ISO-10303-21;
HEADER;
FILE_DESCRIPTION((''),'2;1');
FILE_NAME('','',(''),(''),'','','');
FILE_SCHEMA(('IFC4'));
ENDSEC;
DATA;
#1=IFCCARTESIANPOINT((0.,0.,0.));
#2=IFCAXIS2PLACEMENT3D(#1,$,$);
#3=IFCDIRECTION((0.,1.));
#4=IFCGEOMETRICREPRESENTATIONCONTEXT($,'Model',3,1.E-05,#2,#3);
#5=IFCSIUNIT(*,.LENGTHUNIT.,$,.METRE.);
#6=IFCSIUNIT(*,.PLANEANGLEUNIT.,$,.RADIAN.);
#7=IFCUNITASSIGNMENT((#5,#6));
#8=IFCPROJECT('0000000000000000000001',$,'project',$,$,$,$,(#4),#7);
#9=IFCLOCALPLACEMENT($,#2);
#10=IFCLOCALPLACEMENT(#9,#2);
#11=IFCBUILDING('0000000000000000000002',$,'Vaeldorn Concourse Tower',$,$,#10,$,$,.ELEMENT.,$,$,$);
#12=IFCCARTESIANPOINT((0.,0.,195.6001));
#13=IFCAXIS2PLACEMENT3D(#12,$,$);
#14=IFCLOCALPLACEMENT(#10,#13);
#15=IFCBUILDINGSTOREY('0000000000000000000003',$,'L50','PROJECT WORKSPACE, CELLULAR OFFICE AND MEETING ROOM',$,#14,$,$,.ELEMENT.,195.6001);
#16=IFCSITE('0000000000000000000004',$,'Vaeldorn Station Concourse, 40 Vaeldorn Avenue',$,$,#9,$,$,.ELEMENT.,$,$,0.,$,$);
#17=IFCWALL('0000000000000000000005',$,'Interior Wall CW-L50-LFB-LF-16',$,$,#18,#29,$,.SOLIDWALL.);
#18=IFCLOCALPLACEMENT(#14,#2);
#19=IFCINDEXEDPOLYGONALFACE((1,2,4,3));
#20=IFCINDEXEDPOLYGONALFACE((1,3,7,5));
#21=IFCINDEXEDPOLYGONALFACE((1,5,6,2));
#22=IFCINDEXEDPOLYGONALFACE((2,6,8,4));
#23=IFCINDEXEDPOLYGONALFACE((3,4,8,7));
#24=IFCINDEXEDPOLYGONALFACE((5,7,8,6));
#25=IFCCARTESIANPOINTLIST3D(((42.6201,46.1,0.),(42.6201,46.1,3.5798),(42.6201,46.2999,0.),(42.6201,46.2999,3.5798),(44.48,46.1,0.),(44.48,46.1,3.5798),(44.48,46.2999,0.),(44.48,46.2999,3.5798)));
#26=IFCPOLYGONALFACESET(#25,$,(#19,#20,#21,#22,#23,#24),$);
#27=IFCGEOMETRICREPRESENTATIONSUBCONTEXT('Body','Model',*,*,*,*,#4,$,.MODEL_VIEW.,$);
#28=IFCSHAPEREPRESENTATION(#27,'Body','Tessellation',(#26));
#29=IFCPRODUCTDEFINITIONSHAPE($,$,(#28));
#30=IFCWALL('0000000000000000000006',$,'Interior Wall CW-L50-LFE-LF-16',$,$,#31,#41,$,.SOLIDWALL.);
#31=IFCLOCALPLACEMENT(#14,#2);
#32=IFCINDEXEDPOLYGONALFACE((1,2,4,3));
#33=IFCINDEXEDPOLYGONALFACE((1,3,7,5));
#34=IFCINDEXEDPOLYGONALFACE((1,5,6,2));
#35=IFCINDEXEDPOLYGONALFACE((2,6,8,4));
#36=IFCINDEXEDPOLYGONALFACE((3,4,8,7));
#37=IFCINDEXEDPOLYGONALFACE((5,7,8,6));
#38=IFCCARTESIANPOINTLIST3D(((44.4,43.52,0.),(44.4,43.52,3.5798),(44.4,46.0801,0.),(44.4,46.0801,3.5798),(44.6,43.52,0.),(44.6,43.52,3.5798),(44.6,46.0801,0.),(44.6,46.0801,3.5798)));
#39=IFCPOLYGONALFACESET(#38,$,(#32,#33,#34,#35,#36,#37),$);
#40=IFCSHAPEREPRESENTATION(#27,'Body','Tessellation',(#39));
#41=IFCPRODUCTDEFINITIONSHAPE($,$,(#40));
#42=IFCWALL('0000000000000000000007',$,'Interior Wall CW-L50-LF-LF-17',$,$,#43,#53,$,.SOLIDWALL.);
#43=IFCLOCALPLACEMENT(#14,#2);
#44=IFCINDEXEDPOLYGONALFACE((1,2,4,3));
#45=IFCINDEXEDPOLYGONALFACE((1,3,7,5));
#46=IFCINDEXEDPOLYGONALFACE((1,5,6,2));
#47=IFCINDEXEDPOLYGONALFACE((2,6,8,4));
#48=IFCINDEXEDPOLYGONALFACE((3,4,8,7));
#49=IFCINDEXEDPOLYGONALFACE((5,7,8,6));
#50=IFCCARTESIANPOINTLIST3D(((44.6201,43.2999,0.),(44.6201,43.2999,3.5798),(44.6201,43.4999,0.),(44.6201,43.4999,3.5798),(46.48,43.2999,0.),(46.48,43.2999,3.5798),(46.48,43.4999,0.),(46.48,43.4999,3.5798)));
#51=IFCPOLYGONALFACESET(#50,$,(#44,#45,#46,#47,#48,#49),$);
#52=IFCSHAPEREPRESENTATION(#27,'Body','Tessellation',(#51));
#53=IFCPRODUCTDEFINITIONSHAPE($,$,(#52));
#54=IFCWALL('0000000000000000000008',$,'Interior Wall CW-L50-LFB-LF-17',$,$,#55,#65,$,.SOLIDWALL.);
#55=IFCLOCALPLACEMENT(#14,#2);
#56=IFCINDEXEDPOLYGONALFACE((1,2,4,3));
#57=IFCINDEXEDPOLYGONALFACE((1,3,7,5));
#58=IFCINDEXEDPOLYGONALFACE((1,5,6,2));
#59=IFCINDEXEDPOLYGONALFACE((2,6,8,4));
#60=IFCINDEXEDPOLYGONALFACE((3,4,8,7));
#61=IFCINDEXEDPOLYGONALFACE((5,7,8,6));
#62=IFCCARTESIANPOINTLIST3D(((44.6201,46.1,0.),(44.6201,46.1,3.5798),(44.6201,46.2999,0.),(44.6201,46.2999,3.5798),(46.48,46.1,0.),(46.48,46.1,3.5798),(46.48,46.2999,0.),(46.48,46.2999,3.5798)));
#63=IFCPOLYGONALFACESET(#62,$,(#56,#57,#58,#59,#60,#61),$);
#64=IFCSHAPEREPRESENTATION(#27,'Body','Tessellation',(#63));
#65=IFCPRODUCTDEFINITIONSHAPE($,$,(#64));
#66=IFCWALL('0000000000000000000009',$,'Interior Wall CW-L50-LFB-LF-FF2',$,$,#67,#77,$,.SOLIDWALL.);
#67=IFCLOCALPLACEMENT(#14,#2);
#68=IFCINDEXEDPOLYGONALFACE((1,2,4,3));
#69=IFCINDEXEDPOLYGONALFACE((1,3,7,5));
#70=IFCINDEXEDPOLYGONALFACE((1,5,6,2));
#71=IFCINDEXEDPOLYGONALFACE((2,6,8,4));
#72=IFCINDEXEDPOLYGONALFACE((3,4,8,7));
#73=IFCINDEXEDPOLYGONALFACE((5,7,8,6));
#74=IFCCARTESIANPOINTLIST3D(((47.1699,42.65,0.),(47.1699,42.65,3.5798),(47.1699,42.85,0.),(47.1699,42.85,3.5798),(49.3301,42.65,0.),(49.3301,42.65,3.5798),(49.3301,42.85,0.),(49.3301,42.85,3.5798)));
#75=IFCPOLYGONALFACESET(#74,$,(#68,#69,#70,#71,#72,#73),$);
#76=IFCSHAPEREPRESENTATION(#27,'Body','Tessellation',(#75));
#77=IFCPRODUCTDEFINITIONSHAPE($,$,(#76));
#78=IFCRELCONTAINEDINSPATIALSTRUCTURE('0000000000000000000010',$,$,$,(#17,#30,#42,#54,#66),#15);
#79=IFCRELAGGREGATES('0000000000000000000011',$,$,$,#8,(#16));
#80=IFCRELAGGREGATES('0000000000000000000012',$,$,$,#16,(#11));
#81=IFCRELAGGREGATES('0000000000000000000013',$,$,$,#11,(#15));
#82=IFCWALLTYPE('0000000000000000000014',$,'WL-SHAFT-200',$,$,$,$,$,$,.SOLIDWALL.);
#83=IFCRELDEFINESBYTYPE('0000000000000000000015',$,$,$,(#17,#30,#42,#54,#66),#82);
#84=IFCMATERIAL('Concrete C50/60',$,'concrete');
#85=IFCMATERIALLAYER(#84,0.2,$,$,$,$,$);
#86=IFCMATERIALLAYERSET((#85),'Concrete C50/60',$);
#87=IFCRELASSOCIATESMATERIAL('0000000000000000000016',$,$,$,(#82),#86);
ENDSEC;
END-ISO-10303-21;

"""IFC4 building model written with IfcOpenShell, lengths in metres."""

from ifc_helpers import new_model, si_unit, direction, frame, frame_2d, origin, place, context, subcontext, project, spatial, rectangle, extrude, material, layer, layer_set, type_object, element, save


model = new_model("IFC4")

# Units and contexts
model_context = context("Model", 3, precision=1e-05, world=origin(), true_north=direction((0.0, 1.0)))
body_context = subcontext(model_context, "Body", "Model", "MODEL_VIEW")
ifc_project = project(units=[si_unit("LENGTHUNIT", "METRE"), si_unit("PLANEANGLEUNIT", "RADIAN")], contexts=[model_context])

# Site, building, storey
site_placement = place(None, origin())
site = spatial("IfcSite", under=ifc_project, at=site_placement, Name="Vaeldorn Station Concourse, 40 Vaeldorn Avenue", CompositionType="ELEMENT", RefElevation=0.0)
building_placement = place(site_placement, origin())
building = spatial("IfcBuilding", under=site, at=building_placement, Name="Vaeldorn Concourse Tower", CompositionType="ELEMENT")
storey_placement = place(building_placement, frame((0.0, 0.0, 195.6001)))
storey = spatial("IfcBuildingStorey", under=building, at=storey_placement, Name="L50", Description="PROJECT WORKSPACE, CELLULAR OFFICE AND MEETING ROOM", CompositionType="ELEMENT", Elevation=195.6001)

# Shared definitions
ifc_material_1 = material(Name="Concrete C50/60", Category="concrete")

# Walls
ifc_layer_1 = layer(ifc_material_1, 0.2)
ifc_layer_set_1 = layer_set([ifc_layer_1], Name="Concrete C50/60")
wall_type_1 = type_object("IfcWallType", Name="WL-SHAFT-200", PredefinedType="SOLIDWALL", material=ifc_layer_set_1)
for number, where, z_axis, x_axis, name in (
    (1, (42.6201, 46.2, 0.0), (0.0, 0.0, 1.0), (1.0, 0.0, 0.0), "Interior Wall CW-L50-LFB-LF-16"),
):
    element("IfcWall", number, at=place(storey_placement, frame(where, z_axis=z_axis, x_axis=x_axis)), inside=storey, type_object=wall_type_1, Name=name, PredefinedType="SOLIDWALL", context=body_context, shape_type="SweptSolid", body=[
        extrude(rectangle(XDim=1.8599, YDim=0.2, at=frame_2d((0.9299, 0.0))), origin(), (0.0, 0.0, 1.0), 3.5798),
    ])
wall_1_placement = place(storey_placement, frame((44.5, 43.52, 0.0), z_axis=(0.0, 0.0, 1.0), x_axis=(0.0, 1.0, 0.0)))
element("IfcWall", 2, at=wall_1_placement, inside=storey, type_object=wall_type_1, Name="Interior Wall CW-L50-LFE-LF-16", PredefinedType="SOLIDWALL", context=body_context, shape_type="SweptSolid", body=[
    extrude(rectangle(XDim=2.5601, YDim=0.2, at=frame_2d((1.28, 0.0))), origin(), (0.0, 0.0, 1.0), 3.5798),
])
for number, where, z_axis, x_axis, name in (
    (3, (44.6201, 43.3999, 0.0), (0.0, 0.0, 1.0), (1.0, 0.0, 0.0), "Interior Wall CW-L50-LF-LF-17"),
    (4, (44.6201, 46.2, 0.0), (0.0, 0.0, 1.0), (1.0, 0.0, 0.0), "Interior Wall CW-L50-LFB-LF-17"),
):
    element("IfcWall", number, at=place(storey_placement, frame(where, z_axis=z_axis, x_axis=x_axis)), inside=storey, type_object=wall_type_1, Name=name, PredefinedType="SOLIDWALL", context=body_context, shape_type="SweptSolid", body=[
        extrude(rectangle(XDim=1.8599, YDim=0.2, at=frame_2d((0.9299, 0.0))), origin(), (0.0, 0.0, 1.0), 3.5798),
    ])

# Wall
wall_2_placement = place(storey_placement, frame((47.1699, 42.75, 0.0), z_axis=(0.0, 0.0, 1.0), x_axis=(1.0, 0.0, 0.0)))
element("IfcWall", 5, at=wall_2_placement, inside=storey, type_object=wall_type_1, Name="Interior Wall CW-L50-LFB-LF-FF2", PredefinedType="SOLIDWALL", context=body_context, shape_type="SweptSolid", body=[
    extrude(rectangle(XDim=2.1602, YDim=0.2, at=frame_2d((1.0801, 0.0))), origin(), (0.0, 0.0, 1.0), 3.5798),
])

save(model, "model.ifc")
